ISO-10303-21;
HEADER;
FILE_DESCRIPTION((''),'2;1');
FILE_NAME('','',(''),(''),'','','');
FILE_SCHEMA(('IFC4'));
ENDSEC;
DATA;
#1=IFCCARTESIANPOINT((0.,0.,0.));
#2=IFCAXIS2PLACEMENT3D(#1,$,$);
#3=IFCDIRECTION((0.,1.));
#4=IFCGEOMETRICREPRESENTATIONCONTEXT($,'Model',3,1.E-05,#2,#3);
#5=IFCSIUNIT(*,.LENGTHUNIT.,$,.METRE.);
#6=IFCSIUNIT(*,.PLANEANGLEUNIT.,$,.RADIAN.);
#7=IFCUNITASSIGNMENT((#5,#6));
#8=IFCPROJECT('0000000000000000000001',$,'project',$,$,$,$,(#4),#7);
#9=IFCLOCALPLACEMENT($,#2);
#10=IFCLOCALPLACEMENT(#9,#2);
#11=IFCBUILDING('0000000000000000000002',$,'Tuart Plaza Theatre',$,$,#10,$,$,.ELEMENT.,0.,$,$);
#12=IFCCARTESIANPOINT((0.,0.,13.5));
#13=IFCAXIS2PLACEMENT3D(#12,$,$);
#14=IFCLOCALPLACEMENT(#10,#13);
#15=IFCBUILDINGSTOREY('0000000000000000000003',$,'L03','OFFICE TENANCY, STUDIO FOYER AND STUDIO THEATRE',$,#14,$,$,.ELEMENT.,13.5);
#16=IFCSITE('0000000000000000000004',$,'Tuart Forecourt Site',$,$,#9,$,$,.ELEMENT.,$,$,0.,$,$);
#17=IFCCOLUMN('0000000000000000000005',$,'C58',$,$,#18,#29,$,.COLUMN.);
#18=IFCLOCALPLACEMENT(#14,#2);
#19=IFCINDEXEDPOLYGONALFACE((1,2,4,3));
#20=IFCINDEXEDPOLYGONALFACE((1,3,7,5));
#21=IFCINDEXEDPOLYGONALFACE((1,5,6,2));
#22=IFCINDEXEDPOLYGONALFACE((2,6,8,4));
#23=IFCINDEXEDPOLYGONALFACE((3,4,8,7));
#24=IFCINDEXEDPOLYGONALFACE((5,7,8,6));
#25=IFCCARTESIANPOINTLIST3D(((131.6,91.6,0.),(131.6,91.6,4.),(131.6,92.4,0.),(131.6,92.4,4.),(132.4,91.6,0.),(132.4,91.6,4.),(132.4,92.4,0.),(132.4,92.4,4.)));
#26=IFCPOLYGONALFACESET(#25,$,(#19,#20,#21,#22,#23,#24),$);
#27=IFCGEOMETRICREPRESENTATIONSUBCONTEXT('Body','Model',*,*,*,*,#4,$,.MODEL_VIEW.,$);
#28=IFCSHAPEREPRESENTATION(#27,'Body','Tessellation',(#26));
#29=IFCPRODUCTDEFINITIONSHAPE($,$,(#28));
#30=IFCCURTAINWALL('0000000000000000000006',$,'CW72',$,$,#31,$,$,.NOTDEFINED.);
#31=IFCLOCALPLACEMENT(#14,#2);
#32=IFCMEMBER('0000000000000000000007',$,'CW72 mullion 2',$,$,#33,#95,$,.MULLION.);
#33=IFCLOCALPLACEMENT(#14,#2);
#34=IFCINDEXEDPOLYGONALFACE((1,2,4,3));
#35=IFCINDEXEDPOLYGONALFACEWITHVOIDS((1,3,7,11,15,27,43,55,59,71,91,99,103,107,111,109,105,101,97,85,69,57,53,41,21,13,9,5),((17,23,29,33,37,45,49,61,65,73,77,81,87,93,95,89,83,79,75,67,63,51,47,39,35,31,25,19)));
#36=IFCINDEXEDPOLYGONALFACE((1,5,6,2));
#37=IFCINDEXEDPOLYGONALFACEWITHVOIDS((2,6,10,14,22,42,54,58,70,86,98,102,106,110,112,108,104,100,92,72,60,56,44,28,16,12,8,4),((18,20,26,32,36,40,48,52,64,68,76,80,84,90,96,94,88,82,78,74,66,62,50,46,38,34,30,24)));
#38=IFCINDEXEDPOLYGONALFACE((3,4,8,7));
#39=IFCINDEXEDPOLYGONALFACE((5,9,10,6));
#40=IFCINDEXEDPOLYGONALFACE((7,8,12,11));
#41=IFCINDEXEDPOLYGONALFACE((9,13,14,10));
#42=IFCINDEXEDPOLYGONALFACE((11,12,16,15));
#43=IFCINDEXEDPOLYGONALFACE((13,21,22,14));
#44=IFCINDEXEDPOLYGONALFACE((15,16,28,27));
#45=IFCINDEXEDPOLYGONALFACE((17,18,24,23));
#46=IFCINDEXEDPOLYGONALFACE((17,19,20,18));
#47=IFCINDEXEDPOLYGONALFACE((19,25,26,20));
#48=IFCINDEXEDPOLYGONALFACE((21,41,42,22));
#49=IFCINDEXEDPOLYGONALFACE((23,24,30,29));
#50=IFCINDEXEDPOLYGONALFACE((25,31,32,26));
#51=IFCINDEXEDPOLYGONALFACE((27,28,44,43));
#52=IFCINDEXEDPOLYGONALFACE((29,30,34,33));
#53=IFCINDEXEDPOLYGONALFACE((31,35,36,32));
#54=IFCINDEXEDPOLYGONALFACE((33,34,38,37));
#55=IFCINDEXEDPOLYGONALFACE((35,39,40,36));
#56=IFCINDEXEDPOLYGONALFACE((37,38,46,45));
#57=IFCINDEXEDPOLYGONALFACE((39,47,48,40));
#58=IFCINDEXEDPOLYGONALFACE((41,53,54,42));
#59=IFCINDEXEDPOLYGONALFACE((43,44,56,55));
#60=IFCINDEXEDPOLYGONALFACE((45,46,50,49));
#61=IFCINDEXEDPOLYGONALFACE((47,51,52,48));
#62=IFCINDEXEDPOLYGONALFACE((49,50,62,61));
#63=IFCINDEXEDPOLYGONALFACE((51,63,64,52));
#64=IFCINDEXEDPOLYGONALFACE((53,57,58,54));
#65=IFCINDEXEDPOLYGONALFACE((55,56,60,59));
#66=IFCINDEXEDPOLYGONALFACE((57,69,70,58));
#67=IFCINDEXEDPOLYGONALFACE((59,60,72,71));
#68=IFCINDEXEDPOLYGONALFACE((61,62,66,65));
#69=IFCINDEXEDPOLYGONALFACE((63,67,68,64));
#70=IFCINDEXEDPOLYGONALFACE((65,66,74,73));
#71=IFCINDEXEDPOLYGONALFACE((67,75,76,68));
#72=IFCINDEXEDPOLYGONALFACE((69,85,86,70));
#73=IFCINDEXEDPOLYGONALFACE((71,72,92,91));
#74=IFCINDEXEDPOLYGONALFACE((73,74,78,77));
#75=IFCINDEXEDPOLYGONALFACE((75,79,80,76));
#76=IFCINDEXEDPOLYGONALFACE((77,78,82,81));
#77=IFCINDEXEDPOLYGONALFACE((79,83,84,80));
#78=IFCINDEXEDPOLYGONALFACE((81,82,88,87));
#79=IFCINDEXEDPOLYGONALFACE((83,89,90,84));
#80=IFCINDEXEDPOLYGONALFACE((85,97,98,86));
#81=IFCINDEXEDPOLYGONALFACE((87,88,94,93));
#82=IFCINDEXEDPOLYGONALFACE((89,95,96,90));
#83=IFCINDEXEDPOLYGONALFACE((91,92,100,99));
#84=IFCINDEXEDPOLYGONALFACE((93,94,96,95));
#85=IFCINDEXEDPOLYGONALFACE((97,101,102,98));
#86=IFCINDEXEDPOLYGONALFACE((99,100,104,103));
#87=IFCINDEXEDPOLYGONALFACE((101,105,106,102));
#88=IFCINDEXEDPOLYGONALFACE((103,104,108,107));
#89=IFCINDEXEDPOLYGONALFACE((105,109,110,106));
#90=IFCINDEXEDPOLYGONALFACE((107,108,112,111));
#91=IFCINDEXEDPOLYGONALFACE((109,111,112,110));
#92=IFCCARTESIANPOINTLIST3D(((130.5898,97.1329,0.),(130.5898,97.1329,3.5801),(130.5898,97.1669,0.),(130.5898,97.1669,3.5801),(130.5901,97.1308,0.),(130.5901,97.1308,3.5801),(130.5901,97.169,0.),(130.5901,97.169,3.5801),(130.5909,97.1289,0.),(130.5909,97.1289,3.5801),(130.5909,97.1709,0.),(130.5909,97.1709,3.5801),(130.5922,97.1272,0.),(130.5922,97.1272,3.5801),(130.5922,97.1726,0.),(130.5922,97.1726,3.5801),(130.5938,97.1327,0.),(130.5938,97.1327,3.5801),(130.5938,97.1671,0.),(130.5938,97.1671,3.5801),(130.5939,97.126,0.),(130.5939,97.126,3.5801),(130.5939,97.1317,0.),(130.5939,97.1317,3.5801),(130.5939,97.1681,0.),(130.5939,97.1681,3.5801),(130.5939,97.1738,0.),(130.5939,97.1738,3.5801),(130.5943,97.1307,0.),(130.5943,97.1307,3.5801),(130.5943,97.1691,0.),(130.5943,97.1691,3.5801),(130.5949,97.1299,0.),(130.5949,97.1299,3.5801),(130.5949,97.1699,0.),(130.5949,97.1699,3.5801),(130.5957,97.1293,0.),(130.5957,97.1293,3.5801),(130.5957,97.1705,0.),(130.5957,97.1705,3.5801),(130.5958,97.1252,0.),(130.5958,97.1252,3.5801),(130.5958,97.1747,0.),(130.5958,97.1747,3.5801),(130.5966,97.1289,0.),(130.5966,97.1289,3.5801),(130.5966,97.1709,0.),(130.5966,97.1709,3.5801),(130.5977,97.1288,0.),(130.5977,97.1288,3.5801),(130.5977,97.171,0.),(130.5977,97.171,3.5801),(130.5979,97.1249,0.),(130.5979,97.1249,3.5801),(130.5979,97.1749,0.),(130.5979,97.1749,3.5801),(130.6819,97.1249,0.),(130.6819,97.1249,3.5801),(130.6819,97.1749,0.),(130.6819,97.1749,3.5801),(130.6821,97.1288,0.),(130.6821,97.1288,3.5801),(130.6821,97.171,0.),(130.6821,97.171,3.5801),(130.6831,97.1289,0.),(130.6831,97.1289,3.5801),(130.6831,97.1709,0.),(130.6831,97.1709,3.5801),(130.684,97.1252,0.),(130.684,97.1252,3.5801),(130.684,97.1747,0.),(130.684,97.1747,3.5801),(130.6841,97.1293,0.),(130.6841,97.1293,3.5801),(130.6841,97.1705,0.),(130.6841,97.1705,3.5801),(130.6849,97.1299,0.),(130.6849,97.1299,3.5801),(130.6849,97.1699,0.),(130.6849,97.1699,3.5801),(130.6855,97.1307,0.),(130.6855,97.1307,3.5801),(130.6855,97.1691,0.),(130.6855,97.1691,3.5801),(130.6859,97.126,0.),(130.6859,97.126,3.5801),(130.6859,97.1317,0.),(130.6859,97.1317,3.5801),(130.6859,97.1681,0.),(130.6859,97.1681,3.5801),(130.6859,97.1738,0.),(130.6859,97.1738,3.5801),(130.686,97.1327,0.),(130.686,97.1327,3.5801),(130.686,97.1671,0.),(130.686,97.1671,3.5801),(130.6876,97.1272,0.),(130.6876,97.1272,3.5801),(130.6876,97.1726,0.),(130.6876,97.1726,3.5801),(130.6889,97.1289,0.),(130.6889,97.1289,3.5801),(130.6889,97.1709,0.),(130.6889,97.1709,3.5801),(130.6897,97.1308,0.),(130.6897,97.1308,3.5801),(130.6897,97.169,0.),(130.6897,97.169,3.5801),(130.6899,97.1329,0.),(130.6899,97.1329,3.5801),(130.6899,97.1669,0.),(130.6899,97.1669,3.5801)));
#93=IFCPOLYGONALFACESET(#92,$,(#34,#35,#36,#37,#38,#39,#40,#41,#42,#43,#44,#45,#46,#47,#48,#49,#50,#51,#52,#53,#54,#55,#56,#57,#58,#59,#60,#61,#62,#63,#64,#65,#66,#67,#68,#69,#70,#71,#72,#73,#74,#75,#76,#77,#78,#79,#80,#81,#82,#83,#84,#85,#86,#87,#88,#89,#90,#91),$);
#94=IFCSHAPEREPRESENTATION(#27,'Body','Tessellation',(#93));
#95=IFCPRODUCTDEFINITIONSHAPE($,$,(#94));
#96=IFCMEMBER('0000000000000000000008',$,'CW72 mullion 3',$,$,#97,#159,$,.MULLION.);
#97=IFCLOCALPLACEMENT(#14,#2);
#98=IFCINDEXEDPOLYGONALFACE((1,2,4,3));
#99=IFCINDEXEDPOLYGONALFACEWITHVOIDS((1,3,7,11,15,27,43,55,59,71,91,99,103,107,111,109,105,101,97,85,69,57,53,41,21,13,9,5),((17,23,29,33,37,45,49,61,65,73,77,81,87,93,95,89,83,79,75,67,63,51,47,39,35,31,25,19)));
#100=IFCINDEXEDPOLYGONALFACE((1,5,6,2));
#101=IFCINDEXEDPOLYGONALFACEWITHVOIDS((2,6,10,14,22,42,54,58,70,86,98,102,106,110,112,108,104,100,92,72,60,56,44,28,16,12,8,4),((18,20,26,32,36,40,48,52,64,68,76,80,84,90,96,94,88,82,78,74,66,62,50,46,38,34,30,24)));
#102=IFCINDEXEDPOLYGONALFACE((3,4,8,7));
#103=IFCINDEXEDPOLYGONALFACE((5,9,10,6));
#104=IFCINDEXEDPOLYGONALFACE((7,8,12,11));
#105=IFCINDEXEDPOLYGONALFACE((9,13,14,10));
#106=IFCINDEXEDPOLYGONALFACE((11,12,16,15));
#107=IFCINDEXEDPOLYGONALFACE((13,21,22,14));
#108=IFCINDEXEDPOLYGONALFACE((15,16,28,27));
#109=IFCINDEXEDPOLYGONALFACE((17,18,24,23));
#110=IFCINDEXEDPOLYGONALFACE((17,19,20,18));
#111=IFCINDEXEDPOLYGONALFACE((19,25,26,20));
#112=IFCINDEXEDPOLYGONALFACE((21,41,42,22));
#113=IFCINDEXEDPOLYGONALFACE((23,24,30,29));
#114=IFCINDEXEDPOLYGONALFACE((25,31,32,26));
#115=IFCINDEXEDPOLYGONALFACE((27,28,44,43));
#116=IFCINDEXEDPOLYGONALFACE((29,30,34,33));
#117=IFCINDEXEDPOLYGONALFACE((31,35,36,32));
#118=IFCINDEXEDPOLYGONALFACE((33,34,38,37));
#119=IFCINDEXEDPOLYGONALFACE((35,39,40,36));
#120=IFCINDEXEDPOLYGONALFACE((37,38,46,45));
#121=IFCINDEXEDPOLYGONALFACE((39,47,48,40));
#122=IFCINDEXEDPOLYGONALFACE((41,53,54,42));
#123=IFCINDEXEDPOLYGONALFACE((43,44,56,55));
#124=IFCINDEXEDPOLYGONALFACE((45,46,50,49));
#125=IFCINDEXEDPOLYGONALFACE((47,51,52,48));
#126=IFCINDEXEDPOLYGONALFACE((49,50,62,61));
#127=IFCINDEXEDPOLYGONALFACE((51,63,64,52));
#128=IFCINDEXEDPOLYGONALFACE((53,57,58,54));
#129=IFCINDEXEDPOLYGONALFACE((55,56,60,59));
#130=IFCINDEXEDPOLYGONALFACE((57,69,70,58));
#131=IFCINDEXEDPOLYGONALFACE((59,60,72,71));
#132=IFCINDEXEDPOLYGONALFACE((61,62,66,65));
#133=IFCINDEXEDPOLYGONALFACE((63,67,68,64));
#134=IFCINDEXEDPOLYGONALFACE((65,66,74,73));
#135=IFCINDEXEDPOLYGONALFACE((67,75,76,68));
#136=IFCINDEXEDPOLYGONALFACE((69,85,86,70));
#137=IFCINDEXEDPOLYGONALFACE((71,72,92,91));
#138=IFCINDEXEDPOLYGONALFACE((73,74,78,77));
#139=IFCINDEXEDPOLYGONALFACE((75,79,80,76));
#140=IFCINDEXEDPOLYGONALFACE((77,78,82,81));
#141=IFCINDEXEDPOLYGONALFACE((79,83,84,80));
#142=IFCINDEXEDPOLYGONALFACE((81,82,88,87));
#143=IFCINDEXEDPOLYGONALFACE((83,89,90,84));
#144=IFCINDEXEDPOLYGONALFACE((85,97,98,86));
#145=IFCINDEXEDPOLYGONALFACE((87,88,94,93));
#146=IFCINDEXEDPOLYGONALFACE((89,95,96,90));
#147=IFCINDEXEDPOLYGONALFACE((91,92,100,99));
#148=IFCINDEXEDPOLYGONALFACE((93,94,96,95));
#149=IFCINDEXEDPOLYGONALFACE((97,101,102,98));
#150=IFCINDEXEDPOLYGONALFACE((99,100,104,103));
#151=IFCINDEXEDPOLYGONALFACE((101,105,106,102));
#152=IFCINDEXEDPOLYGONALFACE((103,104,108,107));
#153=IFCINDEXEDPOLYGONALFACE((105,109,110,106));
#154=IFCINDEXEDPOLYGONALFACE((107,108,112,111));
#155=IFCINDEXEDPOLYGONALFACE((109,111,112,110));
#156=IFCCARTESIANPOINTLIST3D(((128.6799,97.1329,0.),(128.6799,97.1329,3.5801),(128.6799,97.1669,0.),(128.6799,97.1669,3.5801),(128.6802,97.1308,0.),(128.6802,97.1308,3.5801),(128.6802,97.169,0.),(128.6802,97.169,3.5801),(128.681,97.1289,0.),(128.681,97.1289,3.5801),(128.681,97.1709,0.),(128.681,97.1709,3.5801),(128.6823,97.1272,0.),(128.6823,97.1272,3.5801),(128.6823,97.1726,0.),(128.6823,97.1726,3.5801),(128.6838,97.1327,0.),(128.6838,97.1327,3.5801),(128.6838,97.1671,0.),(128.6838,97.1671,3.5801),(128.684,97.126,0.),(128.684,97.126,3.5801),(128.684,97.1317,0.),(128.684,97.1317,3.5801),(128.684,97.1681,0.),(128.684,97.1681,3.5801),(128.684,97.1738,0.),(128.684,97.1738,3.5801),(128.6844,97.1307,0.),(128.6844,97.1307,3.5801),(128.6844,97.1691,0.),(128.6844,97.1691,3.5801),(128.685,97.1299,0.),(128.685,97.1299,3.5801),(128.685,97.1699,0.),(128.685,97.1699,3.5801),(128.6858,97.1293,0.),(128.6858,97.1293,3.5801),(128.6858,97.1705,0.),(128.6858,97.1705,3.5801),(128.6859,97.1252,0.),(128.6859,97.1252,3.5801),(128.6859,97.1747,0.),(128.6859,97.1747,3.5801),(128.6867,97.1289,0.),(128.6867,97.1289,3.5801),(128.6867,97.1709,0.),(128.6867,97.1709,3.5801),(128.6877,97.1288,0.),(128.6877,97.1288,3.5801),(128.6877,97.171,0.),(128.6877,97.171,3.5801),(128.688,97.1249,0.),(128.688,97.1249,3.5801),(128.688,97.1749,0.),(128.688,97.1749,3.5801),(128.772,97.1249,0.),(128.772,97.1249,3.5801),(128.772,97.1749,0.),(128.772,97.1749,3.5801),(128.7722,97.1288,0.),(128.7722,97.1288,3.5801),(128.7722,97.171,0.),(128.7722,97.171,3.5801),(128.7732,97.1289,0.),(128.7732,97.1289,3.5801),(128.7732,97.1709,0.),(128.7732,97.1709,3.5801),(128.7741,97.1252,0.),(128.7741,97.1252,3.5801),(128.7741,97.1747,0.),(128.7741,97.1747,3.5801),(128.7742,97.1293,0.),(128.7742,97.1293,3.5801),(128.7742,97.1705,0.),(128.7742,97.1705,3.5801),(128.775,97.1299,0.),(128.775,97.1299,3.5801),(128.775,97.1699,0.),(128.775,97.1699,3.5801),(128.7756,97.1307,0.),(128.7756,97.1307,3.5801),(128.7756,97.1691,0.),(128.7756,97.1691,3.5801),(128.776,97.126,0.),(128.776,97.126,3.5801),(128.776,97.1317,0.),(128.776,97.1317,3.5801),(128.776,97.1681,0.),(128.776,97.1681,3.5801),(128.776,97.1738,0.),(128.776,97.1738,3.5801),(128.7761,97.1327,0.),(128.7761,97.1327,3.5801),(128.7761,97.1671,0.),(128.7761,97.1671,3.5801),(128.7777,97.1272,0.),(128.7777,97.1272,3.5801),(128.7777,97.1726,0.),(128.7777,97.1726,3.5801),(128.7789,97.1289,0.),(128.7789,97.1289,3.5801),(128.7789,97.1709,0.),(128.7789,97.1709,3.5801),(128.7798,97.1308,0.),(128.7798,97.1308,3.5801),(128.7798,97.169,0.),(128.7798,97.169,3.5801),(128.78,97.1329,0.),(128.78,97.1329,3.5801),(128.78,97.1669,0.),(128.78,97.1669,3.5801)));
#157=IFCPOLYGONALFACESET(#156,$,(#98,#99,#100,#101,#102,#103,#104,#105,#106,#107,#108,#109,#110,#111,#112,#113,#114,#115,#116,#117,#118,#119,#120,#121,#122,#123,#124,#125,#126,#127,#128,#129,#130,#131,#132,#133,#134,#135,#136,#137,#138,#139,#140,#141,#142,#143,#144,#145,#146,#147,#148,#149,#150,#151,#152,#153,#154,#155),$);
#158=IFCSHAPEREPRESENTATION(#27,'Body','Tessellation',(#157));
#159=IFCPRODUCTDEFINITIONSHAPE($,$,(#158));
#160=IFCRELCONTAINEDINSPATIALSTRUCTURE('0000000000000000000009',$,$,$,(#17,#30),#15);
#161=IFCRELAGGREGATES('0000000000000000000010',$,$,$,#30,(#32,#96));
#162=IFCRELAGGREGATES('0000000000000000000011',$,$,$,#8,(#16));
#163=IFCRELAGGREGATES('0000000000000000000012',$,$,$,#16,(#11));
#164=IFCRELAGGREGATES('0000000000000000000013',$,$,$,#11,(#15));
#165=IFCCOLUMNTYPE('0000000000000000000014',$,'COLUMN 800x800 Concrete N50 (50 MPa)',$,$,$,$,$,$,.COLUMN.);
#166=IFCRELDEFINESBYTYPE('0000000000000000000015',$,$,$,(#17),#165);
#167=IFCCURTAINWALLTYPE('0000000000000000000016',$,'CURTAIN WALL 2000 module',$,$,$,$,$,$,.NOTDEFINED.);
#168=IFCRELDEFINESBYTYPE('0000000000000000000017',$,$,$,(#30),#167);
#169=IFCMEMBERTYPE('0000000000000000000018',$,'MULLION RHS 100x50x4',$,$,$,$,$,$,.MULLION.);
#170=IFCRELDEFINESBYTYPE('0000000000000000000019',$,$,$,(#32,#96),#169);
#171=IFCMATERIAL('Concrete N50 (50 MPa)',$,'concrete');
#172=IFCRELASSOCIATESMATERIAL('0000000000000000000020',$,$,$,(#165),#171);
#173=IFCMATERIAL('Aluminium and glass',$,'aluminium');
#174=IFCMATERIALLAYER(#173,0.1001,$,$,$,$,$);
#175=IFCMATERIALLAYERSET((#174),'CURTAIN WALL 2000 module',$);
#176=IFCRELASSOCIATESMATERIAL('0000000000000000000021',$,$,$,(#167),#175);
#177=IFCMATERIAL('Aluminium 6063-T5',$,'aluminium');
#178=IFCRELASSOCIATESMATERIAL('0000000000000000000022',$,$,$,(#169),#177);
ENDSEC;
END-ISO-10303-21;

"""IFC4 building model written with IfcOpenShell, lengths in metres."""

from ifc_helpers import new_model, si_unit, direction, frame, origin, origin_2d, place, context, subcontext, project, spatial, rectangle, hollow_rectangle, extrude, material, layer, layer_set, material_profile, profile_set, type_object, element, aggregate, save


model = new_model("IFC4")

# Units and contexts
model_context = context("Model", 3, precision=1e-05, world=origin(), true_north=direction((0.0, 1.0)))
body_context = subcontext(model_context, "Body", "Model", "MODEL_VIEW")
ifc_project = project(units=[si_unit("LENGTHUNIT", "METRE"), si_unit("PLANEANGLEUNIT", "RADIAN")], contexts=[model_context])

# Site, building, storey
site_placement = place(None, origin())
site = spatial("IfcSite", under=ifc_project, at=site_placement, Name="Tuart Forecourt Site", CompositionType="ELEMENT", RefElevation=0.0)
building_placement = place(site_placement, origin())
building = spatial("IfcBuilding", under=site, at=building_placement, Name="Tuart Plaza Theatre", CompositionType="ELEMENT", ElevationOfRefHeight=0.0)
storey_placement = place(building_placement, frame((0.0, 0.0, 13.5)))
storey = spatial("IfcBuildingStorey", under=building, at=storey_placement, Name="L03", Description="OFFICE TENANCY, STUDIO FOYER AND STUDIO THEATRE", CompositionType="ELEMENT", Elevation=13.5)

# Column
ifc_material_1 = material(Name="Concrete N50 (50 MPa)", Category="concrete")
ifc_material_profile_1 = material_profile(ifc_material_1, rectangle(XDim=0.8, YDim=0.8, at=origin_2d()), Name="COLUMN 800x800 Concrete N50 (50 MPa)")
ifc_profile_set_1 = profile_set([ifc_material_profile_1], Name="Concrete N50 (50 MPa)")
column_type = type_object("IfcColumnType", Name="COLUMN 800x800 Concrete N50 (50 MPa)", PredefinedType="COLUMN", material=ifc_profile_set_1)
column_placement = place(storey_placement, frame((132.0, 92.0, 0.0), z_axis=(0.0, 0.0, 1.0), x_axis=(1.0, 0.0, 0.0)))
element("IfcColumn", 1, at=column_placement, inside=storey, type_object=column_type, Name="C58", PredefinedType="COLUMN", context=body_context, shape_type="SweptSolid", body=[
    extrude(rectangle(XDim=0.8, YDim=0.8, at=origin_2d()), origin(), (0.0, 0.0, 1.0), 4.0),
])

# Curtain wall, members
ifc_material_2 = material(Name="Aluminium and glass", Category="aluminium")
ifc_layer_1 = layer(ifc_material_2, 0.1001)
ifc_layer_set_1 = layer_set([ifc_layer_1], Name="CURTAIN WALL 2000 module")
curtain_wall_type = type_object("IfcCurtainWallType", Name="CURTAIN WALL 2000 module", PredefinedType="NOTDEFINED", material=ifc_layer_set_1)
curtain_wall_placement = place(storey_placement, origin())
curtain_wall = element("IfcCurtainWall", 2, at=curtain_wall_placement, inside=storey, type_object=curtain_wall_type, Name="CW72", PredefinedType="NOTDEFINED")
ifc_material_3 = material(Name="Aluminium 6063-T5", Category="aluminium")
ifc_material_profile_2 = material_profile(ifc_material_3, hollow_rectangle(XDim=0.05, YDim=0.1001, WallThickness=0.0039, InnerFilletRadius=0.0039, OuterFilletRadius=0.0081, at=origin_2d()), Name="RHS 100x50x4")
ifc_profile_set_2 = profile_set([ifc_material_profile_2], Name="Aluminium 6063-T5")
member_type_1 = type_object("IfcMemberType", Name="MULLION RHS 100x50x4", PredefinedType="MULLION", material=ifc_profile_set_2)
member_1_placement = place(storey_placement, frame((130.6399, 97.1499, 0.0), z_axis=(0.0, 0.0, 1.0), x_axis=(0.0, -1.0, 0.0)))
member_1 = element("IfcMember", 3, at=member_1_placement, type_object=member_type_1, Name="CW72 mullion 2", PredefinedType="MULLION", context=body_context, shape_type="SweptSolid", body=[
    extrude(hollow_rectangle(XDim=0.05, YDim=0.1001, WallThickness=0.0039, InnerFilletRadius=0.0039, OuterFilletRadius=0.0081, at=origin_2d()), origin(), (0.0, 0.0, 1.0), 3.5801),
])
member_2_placement = place(storey_placement, frame((128.73, 97.1499, 0.0), z_axis=(0.0, 0.0, 1.0), x_axis=(0.0, -1.0, 0.0)))
member_2 = element("IfcMember", 4, at=member_2_placement, type_object=member_type_1, Name="CW72 mullion 3", PredefinedType="MULLION", context=body_context, shape_type="SweptSolid", body=[
    extrude(hollow_rectangle(XDim=0.05, YDim=0.1001, WallThickness=0.0039, InnerFilletRadius=0.0039, OuterFilletRadius=0.0081, at=origin_2d()), origin(), (0.0, 0.0, 1.0), 3.5801),
])
aggregate(curtain_wall, [member_1, member_2])

save(model, "model.ifc")
